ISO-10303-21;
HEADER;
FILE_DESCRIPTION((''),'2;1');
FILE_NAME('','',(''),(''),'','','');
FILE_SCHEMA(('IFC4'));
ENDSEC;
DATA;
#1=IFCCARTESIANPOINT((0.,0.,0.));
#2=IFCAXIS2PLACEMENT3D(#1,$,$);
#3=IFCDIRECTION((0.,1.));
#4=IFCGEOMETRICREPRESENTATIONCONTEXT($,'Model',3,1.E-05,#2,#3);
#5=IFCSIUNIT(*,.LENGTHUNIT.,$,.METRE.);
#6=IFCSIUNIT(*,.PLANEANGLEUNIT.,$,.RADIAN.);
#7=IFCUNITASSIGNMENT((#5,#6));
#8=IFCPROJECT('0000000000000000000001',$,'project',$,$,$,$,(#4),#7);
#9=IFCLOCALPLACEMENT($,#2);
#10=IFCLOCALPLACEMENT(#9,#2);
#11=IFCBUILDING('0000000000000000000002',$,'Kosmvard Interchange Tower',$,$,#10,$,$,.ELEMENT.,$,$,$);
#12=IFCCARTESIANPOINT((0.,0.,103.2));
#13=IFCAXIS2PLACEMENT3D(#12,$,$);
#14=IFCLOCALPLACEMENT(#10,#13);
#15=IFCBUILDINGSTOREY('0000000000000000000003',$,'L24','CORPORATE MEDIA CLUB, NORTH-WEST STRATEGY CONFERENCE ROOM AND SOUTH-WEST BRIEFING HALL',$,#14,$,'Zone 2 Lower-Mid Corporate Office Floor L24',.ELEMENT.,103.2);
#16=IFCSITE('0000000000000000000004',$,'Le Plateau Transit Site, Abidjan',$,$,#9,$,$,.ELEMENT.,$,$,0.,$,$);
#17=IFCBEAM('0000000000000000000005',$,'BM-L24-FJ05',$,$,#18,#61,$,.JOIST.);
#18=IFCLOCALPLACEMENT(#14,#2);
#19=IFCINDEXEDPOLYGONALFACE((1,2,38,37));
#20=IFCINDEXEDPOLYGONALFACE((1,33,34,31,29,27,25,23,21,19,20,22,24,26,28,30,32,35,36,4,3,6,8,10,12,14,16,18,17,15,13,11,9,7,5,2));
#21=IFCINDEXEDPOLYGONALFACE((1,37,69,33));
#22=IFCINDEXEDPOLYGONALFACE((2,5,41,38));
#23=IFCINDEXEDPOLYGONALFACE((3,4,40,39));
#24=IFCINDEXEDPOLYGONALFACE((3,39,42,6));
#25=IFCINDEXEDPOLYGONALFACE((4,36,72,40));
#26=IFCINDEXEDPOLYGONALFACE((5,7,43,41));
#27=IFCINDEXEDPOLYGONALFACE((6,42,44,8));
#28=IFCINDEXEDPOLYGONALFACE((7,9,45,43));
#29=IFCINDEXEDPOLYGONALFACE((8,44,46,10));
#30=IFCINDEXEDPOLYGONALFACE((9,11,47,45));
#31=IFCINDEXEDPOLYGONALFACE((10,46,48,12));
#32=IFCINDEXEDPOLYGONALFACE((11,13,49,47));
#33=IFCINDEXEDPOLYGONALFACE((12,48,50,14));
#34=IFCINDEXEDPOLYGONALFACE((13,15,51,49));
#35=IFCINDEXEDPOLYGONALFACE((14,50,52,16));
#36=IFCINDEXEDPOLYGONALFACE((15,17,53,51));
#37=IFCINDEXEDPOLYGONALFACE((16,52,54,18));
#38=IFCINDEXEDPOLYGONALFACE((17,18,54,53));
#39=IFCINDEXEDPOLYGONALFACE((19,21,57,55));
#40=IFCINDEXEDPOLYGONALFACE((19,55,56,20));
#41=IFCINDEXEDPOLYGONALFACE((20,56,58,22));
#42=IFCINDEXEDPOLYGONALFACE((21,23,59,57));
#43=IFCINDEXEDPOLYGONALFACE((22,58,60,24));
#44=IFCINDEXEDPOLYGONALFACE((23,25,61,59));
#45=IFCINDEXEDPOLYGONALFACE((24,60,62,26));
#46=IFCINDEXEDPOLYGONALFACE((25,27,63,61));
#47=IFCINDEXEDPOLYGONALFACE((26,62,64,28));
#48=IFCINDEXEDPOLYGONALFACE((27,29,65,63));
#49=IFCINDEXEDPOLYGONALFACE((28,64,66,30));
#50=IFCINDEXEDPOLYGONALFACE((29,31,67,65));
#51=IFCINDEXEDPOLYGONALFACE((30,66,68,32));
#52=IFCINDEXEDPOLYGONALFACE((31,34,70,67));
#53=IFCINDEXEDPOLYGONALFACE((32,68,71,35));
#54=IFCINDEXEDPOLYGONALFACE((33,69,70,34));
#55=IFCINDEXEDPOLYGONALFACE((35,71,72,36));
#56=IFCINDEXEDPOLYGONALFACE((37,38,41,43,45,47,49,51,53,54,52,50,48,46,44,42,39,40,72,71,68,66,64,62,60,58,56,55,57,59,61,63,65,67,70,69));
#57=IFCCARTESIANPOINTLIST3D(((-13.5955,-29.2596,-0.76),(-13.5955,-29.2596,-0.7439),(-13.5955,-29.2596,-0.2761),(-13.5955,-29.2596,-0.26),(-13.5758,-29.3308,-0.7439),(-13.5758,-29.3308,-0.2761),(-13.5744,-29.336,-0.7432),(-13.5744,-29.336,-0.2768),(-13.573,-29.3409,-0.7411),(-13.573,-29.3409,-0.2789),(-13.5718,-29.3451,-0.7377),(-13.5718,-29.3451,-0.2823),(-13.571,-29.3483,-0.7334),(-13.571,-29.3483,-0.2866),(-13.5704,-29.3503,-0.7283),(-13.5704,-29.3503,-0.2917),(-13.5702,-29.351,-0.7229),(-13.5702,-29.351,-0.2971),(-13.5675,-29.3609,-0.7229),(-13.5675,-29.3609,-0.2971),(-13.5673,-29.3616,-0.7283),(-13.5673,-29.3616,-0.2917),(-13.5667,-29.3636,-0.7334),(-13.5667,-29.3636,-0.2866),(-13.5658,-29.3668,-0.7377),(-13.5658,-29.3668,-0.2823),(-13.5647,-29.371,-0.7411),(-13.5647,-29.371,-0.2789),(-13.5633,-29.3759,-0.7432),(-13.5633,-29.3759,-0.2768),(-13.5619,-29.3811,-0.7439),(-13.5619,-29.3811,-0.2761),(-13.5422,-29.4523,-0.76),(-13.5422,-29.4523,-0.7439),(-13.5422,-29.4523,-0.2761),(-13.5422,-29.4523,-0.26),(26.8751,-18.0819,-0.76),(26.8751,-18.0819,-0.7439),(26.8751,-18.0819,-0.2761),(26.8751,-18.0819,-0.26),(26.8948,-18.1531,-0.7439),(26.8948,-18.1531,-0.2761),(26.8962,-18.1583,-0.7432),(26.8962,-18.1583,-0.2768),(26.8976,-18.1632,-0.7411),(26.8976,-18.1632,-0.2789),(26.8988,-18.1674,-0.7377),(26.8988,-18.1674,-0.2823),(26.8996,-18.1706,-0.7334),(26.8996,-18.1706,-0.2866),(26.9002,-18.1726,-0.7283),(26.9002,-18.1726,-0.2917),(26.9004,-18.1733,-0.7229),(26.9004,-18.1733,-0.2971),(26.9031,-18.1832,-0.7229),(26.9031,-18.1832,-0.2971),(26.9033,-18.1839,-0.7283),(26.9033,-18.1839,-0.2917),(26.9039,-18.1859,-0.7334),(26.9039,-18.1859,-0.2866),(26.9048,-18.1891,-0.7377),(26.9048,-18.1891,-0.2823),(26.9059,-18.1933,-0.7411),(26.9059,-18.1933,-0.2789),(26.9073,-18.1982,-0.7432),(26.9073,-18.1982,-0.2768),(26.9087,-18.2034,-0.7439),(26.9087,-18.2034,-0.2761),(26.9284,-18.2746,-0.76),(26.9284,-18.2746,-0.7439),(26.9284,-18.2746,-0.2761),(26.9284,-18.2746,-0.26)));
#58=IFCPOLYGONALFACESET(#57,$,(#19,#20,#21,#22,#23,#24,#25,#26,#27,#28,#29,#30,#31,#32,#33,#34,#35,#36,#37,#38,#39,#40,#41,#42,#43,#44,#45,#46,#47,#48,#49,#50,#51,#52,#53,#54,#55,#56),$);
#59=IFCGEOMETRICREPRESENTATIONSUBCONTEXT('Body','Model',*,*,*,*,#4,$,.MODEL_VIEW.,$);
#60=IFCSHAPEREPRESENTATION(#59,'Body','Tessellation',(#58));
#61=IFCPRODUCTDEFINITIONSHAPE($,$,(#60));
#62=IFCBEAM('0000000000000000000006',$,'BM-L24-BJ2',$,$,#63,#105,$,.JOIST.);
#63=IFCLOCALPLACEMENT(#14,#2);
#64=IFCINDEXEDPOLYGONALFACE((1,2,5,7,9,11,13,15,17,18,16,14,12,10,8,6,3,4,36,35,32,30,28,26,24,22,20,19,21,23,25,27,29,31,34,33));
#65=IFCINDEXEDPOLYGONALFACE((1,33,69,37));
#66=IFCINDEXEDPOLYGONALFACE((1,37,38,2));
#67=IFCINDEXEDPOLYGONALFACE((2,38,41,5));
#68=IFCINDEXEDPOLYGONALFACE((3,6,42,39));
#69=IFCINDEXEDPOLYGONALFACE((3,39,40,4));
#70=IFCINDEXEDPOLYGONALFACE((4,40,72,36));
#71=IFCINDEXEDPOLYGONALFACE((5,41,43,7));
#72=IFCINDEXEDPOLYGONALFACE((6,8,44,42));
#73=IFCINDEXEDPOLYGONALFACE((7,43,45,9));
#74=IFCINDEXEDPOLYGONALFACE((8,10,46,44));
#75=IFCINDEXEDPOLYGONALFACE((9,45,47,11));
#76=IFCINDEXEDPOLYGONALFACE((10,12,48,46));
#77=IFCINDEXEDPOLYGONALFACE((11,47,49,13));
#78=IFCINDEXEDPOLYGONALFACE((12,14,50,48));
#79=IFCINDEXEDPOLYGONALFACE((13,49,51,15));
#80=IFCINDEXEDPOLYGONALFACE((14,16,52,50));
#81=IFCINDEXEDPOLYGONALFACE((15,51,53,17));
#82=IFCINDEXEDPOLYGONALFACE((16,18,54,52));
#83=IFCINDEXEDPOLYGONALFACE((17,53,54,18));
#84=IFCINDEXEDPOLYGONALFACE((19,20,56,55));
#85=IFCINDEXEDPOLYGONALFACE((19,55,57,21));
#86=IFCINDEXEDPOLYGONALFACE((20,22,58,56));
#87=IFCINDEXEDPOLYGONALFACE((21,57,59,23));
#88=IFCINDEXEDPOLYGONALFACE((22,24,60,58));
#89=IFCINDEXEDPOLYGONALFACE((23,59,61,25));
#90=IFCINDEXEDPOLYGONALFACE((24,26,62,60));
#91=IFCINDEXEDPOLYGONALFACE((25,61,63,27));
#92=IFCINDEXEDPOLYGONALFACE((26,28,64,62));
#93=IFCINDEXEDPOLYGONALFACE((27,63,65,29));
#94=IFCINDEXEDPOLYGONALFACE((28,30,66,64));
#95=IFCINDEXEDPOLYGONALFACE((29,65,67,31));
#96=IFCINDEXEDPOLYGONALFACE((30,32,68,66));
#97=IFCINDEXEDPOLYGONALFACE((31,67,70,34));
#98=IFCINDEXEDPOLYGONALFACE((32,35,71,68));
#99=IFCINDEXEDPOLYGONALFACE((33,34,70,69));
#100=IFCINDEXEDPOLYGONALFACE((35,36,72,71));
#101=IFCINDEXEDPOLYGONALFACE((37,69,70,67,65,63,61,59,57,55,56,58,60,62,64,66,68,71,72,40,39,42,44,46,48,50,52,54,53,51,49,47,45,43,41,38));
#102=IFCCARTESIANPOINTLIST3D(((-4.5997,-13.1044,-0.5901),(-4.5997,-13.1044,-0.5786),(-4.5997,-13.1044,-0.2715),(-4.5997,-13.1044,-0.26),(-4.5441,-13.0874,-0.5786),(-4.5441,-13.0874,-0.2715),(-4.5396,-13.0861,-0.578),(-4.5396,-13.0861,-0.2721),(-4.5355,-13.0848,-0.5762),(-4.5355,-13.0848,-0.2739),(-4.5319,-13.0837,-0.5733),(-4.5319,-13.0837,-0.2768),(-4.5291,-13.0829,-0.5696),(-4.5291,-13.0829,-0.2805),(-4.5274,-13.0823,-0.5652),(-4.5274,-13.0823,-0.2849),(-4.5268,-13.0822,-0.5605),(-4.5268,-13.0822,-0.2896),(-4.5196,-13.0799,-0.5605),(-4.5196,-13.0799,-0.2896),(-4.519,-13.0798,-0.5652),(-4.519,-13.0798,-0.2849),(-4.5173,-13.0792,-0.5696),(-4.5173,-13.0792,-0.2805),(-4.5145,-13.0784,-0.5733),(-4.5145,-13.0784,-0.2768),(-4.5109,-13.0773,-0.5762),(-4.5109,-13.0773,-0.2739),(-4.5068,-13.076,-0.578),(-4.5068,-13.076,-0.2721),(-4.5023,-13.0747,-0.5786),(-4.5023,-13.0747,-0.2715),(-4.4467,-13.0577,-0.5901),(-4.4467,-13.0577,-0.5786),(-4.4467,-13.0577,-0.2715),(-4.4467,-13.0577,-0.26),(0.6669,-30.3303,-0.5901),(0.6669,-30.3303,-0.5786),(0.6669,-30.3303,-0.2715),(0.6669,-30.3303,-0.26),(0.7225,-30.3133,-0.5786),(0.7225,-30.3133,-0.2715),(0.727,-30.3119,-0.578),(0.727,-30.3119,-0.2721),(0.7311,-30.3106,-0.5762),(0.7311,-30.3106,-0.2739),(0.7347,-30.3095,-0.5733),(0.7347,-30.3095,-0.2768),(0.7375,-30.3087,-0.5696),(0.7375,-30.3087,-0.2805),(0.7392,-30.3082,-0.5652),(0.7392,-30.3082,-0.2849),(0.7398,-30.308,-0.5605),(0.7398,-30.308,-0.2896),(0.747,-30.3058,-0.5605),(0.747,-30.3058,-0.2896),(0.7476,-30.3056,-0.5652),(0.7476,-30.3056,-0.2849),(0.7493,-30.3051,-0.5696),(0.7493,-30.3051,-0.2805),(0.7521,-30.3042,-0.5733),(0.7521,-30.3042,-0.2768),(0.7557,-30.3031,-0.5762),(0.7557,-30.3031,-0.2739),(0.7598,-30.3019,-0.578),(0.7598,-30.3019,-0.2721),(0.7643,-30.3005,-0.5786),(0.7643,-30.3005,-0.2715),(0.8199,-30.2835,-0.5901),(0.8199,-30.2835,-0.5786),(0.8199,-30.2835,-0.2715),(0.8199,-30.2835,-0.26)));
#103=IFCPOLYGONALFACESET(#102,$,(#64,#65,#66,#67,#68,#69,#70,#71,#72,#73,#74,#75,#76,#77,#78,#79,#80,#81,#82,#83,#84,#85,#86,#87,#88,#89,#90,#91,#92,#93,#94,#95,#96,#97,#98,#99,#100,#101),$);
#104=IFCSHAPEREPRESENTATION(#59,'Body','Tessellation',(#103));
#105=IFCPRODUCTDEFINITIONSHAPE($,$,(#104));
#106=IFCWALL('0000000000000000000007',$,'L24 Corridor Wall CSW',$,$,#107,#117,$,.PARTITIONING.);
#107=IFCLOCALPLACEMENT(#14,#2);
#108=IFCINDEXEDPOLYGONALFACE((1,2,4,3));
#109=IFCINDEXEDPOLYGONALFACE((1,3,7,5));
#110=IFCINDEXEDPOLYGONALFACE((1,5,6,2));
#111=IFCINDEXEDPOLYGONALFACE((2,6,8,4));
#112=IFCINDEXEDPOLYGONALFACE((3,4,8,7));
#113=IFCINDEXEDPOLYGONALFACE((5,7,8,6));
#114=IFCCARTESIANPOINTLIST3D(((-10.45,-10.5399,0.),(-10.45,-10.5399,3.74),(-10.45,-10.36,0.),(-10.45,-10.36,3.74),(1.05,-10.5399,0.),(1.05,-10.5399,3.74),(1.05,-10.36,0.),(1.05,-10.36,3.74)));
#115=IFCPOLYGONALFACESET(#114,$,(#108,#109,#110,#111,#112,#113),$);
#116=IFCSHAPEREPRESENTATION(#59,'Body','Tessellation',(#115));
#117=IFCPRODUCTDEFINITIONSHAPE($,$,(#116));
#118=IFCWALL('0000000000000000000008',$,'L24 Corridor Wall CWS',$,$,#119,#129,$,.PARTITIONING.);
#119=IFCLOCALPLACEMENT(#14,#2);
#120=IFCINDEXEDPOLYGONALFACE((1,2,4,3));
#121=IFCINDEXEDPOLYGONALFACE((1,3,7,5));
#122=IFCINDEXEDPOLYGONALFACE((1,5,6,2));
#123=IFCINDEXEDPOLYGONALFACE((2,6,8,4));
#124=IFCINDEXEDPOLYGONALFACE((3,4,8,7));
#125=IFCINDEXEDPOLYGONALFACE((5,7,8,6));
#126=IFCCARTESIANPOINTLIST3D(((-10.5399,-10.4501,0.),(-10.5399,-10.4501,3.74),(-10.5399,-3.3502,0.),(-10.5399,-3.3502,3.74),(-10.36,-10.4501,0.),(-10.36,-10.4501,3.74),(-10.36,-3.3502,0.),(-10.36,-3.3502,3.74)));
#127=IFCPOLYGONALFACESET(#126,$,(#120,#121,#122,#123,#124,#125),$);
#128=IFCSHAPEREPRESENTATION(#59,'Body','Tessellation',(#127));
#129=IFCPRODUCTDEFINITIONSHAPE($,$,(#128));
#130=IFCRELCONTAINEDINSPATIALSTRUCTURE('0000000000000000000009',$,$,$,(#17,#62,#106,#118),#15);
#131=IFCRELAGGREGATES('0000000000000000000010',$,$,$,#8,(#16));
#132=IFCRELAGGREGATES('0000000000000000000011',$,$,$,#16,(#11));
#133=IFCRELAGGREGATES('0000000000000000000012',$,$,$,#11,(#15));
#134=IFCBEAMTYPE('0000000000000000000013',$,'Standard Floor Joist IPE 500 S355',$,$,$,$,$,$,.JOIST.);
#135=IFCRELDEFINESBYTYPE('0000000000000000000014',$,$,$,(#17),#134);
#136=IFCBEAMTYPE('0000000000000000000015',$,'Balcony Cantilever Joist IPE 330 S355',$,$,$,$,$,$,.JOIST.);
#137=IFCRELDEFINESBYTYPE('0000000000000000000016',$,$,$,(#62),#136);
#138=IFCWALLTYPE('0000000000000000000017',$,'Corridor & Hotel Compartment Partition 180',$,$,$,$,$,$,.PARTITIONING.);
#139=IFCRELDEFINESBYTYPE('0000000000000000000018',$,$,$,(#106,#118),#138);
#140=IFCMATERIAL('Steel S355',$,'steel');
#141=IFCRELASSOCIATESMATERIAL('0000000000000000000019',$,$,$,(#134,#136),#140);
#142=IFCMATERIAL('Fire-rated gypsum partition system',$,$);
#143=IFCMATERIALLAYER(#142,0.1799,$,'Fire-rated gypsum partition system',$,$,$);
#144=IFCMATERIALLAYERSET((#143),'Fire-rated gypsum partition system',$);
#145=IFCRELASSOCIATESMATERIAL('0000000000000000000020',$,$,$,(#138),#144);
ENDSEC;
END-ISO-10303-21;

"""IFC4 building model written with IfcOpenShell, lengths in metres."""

from ifc_helpers import new_model, si_unit, direction, frame, frame_2d, origin, origin_2d, place, context, subcontext, project, spatial, rectangle, i_section, extrude, source, transform, mapped, material, layer, layer_set, material_profile, profile_set, type_object, element, save


model = new_model("IFC4")

# Units and contexts
model_context = context("Model", 3, precision=1e-05, world=origin(), true_north=direction((0.0, 1.0)))
body_context = subcontext(model_context, "Body", "Model", "MODEL_VIEW")
ifc_project = project(units=[si_unit("LENGTHUNIT", "METRE"), si_unit("PLANEANGLEUNIT", "RADIAN")], contexts=[model_context])

# Site, building, storey
site_placement = place(None, origin())
site = spatial("IfcSite", under=ifc_project, at=site_placement, Name="Le Plateau Transit Site, Abidjan", CompositionType="ELEMENT", RefElevation=0.0)
building_placement = place(site_placement, origin())
building = spatial("IfcBuilding", under=site, at=building_placement, Name="Kosmvard Interchange Tower", CompositionType="ELEMENT")
storey_placement = place(building_placement, frame((0.0, 0.0, 103.2)))
storey = spatial("IfcBuildingStorey", under=building, at=storey_placement, Name="L24", Description="CORPORATE MEDIA CLUB, NORTH-WEST STRATEGY CONFERENCE ROOM AND SOUTH-WEST BRIEFING HALL", LongName="Zone 2 Lower-Mid Corporate Office Floor L24", CompositionType="ELEMENT", Elevation=103.2)

# Beams
ifc_material_1 = material(Name="Steel S355", Category="steel")
ifc_material_profile_1 = material_profile(ifc_material_1, i_section(OverallWidth=0.2, OverallDepth=0.5, WebThickness=0.0103, FlangeThickness=0.0161, FilletRadius=0.021, at=origin_2d()), Name="IPE 500")
ifc_profile_set_1 = profile_set([ifc_material_profile_1], Name="Steel S355")
beam_type_1 = type_object("IfcBeamType", Name="Standard Floor Joist IPE 500 S355", PredefinedType="JOIST", material=ifc_profile_set_1)
shared_shape_1 = source(origin(), body_context, "Body", "SweptSolid", [
    extrude(i_section(OverallWidth=0.2, OverallDepth=0.5, WebThickness=0.0103, FlangeThickness=0.0161, FilletRadius=0.021, at=origin_2d()), origin(), (0.0, 0.0, 1.0), 41.9858),
])
beam_1_placement = place(storey_placement, frame((-13.5688, -29.356, -0.51), z_axis=(0.963911, 0.266226, 0.0), x_axis=(-0.266226, 0.963911, 0.0)))
element("IfcBeam", 1, at=beam_1_placement, inside=storey, type_object=beam_type_1, Name="BM-L24-FJ05", PredefinedType="JOIST", context=body_context, shape_type="MappedRepresentation", body=[
    mapped(shared_shape_1, transform((0.0, 0.0, 0.0), scale=1.0)),
])
ifc_material_profile_2 = material_profile(ifc_material_1, i_section(OverallWidth=0.1599, OverallDepth=0.3301, WebThickness=0.0076, FlangeThickness=0.0115, FilletRadius=0.0181, at=origin_2d()), Name="IPE 330")
ifc_profile_set_2 = profile_set([ifc_material_profile_2], Name="Steel S355")
beam_type_2 = type_object("IfcBeamType", Name="Balcony Cantilever Joist IPE 330 S355", PredefinedType="JOIST", material=ifc_profile_set_2)
shared_shape_2 = source(origin(), body_context, "Body", "SweptSolid", [
    extrude(i_section(OverallWidth=0.1599, OverallDepth=0.3301, WebThickness=0.0076, FlangeThickness=0.0115, FilletRadius=0.0181, at=origin_2d()), origin(), (0.0, 0.0, 1.0), 18.0129),
])
beam_2_placement = place(storey_placement, frame((-4.5232, -13.0811, -0.425), z_axis=(0.292379, -0.956303, 0.0), x_axis=(0.956303, 0.292379, 0.0)))
element("IfcBeam", 2, at=beam_2_placement, inside=storey, type_object=beam_type_2, Name="BM-L24-BJ2", PredefinedType="JOIST", context=body_context, shape_type="MappedRepresentation", body=[
    mapped(shared_shape_2, transform((0.0, 0.0, 0.0), scale=1.0)),
])

# Walls
ifc_material_2 = material(Name="Fire-rated gypsum partition system")
ifc_layer_1 = layer(ifc_material_2, 0.1799, Name="Fire-rated gypsum partition system")
ifc_layer_set_1 = layer_set([ifc_layer_1], Name="Fire-rated gypsum partition system")
wall_type_1 = type_object("IfcWallType", Name="Corridor & Hotel Compartment Partition 180", PredefinedType="PARTITIONING", material=ifc_layer_set_1)
wall_1_placement = place(storey_placement, frame((-10.45, -10.45, 0.0), z_axis=(0.0, 0.0, 1.0), x_axis=(1.0, 0.0, 0.0)))
element("IfcWall", 3, at=wall_1_placement, inside=storey, type_object=wall_type_1, Name="L24 Corridor Wall CSW", PredefinedType="PARTITIONING", context=body_context, shape_type="SweptSolid", body=[
    extrude(rectangle(XDim=11.5, YDim=0.1799, at=frame_2d((5.75, 0.0))), origin(), (0.0, 0.0, 1.0), 3.74),
])
wall_2_placement = place(storey_placement, frame((-10.45, -10.45, 0.0), z_axis=(0.0, 0.0, 1.0), x_axis=(0.0, 1.0, 0.0)))
element("IfcWall", 4, at=wall_2_placement, inside=storey, type_object=wall_type_1, Name="L24 Corridor Wall CWS", PredefinedType="PARTITIONING", context=body_context, shape_type="SweptSolid", body=[
    extrude(rectangle(XDim=7.0999, YDim=0.1799, at=frame_2d((3.5498, 0.0))), origin(), (0.0, 0.0, 1.0), 3.74),
])

save(model, "model.ifc")
